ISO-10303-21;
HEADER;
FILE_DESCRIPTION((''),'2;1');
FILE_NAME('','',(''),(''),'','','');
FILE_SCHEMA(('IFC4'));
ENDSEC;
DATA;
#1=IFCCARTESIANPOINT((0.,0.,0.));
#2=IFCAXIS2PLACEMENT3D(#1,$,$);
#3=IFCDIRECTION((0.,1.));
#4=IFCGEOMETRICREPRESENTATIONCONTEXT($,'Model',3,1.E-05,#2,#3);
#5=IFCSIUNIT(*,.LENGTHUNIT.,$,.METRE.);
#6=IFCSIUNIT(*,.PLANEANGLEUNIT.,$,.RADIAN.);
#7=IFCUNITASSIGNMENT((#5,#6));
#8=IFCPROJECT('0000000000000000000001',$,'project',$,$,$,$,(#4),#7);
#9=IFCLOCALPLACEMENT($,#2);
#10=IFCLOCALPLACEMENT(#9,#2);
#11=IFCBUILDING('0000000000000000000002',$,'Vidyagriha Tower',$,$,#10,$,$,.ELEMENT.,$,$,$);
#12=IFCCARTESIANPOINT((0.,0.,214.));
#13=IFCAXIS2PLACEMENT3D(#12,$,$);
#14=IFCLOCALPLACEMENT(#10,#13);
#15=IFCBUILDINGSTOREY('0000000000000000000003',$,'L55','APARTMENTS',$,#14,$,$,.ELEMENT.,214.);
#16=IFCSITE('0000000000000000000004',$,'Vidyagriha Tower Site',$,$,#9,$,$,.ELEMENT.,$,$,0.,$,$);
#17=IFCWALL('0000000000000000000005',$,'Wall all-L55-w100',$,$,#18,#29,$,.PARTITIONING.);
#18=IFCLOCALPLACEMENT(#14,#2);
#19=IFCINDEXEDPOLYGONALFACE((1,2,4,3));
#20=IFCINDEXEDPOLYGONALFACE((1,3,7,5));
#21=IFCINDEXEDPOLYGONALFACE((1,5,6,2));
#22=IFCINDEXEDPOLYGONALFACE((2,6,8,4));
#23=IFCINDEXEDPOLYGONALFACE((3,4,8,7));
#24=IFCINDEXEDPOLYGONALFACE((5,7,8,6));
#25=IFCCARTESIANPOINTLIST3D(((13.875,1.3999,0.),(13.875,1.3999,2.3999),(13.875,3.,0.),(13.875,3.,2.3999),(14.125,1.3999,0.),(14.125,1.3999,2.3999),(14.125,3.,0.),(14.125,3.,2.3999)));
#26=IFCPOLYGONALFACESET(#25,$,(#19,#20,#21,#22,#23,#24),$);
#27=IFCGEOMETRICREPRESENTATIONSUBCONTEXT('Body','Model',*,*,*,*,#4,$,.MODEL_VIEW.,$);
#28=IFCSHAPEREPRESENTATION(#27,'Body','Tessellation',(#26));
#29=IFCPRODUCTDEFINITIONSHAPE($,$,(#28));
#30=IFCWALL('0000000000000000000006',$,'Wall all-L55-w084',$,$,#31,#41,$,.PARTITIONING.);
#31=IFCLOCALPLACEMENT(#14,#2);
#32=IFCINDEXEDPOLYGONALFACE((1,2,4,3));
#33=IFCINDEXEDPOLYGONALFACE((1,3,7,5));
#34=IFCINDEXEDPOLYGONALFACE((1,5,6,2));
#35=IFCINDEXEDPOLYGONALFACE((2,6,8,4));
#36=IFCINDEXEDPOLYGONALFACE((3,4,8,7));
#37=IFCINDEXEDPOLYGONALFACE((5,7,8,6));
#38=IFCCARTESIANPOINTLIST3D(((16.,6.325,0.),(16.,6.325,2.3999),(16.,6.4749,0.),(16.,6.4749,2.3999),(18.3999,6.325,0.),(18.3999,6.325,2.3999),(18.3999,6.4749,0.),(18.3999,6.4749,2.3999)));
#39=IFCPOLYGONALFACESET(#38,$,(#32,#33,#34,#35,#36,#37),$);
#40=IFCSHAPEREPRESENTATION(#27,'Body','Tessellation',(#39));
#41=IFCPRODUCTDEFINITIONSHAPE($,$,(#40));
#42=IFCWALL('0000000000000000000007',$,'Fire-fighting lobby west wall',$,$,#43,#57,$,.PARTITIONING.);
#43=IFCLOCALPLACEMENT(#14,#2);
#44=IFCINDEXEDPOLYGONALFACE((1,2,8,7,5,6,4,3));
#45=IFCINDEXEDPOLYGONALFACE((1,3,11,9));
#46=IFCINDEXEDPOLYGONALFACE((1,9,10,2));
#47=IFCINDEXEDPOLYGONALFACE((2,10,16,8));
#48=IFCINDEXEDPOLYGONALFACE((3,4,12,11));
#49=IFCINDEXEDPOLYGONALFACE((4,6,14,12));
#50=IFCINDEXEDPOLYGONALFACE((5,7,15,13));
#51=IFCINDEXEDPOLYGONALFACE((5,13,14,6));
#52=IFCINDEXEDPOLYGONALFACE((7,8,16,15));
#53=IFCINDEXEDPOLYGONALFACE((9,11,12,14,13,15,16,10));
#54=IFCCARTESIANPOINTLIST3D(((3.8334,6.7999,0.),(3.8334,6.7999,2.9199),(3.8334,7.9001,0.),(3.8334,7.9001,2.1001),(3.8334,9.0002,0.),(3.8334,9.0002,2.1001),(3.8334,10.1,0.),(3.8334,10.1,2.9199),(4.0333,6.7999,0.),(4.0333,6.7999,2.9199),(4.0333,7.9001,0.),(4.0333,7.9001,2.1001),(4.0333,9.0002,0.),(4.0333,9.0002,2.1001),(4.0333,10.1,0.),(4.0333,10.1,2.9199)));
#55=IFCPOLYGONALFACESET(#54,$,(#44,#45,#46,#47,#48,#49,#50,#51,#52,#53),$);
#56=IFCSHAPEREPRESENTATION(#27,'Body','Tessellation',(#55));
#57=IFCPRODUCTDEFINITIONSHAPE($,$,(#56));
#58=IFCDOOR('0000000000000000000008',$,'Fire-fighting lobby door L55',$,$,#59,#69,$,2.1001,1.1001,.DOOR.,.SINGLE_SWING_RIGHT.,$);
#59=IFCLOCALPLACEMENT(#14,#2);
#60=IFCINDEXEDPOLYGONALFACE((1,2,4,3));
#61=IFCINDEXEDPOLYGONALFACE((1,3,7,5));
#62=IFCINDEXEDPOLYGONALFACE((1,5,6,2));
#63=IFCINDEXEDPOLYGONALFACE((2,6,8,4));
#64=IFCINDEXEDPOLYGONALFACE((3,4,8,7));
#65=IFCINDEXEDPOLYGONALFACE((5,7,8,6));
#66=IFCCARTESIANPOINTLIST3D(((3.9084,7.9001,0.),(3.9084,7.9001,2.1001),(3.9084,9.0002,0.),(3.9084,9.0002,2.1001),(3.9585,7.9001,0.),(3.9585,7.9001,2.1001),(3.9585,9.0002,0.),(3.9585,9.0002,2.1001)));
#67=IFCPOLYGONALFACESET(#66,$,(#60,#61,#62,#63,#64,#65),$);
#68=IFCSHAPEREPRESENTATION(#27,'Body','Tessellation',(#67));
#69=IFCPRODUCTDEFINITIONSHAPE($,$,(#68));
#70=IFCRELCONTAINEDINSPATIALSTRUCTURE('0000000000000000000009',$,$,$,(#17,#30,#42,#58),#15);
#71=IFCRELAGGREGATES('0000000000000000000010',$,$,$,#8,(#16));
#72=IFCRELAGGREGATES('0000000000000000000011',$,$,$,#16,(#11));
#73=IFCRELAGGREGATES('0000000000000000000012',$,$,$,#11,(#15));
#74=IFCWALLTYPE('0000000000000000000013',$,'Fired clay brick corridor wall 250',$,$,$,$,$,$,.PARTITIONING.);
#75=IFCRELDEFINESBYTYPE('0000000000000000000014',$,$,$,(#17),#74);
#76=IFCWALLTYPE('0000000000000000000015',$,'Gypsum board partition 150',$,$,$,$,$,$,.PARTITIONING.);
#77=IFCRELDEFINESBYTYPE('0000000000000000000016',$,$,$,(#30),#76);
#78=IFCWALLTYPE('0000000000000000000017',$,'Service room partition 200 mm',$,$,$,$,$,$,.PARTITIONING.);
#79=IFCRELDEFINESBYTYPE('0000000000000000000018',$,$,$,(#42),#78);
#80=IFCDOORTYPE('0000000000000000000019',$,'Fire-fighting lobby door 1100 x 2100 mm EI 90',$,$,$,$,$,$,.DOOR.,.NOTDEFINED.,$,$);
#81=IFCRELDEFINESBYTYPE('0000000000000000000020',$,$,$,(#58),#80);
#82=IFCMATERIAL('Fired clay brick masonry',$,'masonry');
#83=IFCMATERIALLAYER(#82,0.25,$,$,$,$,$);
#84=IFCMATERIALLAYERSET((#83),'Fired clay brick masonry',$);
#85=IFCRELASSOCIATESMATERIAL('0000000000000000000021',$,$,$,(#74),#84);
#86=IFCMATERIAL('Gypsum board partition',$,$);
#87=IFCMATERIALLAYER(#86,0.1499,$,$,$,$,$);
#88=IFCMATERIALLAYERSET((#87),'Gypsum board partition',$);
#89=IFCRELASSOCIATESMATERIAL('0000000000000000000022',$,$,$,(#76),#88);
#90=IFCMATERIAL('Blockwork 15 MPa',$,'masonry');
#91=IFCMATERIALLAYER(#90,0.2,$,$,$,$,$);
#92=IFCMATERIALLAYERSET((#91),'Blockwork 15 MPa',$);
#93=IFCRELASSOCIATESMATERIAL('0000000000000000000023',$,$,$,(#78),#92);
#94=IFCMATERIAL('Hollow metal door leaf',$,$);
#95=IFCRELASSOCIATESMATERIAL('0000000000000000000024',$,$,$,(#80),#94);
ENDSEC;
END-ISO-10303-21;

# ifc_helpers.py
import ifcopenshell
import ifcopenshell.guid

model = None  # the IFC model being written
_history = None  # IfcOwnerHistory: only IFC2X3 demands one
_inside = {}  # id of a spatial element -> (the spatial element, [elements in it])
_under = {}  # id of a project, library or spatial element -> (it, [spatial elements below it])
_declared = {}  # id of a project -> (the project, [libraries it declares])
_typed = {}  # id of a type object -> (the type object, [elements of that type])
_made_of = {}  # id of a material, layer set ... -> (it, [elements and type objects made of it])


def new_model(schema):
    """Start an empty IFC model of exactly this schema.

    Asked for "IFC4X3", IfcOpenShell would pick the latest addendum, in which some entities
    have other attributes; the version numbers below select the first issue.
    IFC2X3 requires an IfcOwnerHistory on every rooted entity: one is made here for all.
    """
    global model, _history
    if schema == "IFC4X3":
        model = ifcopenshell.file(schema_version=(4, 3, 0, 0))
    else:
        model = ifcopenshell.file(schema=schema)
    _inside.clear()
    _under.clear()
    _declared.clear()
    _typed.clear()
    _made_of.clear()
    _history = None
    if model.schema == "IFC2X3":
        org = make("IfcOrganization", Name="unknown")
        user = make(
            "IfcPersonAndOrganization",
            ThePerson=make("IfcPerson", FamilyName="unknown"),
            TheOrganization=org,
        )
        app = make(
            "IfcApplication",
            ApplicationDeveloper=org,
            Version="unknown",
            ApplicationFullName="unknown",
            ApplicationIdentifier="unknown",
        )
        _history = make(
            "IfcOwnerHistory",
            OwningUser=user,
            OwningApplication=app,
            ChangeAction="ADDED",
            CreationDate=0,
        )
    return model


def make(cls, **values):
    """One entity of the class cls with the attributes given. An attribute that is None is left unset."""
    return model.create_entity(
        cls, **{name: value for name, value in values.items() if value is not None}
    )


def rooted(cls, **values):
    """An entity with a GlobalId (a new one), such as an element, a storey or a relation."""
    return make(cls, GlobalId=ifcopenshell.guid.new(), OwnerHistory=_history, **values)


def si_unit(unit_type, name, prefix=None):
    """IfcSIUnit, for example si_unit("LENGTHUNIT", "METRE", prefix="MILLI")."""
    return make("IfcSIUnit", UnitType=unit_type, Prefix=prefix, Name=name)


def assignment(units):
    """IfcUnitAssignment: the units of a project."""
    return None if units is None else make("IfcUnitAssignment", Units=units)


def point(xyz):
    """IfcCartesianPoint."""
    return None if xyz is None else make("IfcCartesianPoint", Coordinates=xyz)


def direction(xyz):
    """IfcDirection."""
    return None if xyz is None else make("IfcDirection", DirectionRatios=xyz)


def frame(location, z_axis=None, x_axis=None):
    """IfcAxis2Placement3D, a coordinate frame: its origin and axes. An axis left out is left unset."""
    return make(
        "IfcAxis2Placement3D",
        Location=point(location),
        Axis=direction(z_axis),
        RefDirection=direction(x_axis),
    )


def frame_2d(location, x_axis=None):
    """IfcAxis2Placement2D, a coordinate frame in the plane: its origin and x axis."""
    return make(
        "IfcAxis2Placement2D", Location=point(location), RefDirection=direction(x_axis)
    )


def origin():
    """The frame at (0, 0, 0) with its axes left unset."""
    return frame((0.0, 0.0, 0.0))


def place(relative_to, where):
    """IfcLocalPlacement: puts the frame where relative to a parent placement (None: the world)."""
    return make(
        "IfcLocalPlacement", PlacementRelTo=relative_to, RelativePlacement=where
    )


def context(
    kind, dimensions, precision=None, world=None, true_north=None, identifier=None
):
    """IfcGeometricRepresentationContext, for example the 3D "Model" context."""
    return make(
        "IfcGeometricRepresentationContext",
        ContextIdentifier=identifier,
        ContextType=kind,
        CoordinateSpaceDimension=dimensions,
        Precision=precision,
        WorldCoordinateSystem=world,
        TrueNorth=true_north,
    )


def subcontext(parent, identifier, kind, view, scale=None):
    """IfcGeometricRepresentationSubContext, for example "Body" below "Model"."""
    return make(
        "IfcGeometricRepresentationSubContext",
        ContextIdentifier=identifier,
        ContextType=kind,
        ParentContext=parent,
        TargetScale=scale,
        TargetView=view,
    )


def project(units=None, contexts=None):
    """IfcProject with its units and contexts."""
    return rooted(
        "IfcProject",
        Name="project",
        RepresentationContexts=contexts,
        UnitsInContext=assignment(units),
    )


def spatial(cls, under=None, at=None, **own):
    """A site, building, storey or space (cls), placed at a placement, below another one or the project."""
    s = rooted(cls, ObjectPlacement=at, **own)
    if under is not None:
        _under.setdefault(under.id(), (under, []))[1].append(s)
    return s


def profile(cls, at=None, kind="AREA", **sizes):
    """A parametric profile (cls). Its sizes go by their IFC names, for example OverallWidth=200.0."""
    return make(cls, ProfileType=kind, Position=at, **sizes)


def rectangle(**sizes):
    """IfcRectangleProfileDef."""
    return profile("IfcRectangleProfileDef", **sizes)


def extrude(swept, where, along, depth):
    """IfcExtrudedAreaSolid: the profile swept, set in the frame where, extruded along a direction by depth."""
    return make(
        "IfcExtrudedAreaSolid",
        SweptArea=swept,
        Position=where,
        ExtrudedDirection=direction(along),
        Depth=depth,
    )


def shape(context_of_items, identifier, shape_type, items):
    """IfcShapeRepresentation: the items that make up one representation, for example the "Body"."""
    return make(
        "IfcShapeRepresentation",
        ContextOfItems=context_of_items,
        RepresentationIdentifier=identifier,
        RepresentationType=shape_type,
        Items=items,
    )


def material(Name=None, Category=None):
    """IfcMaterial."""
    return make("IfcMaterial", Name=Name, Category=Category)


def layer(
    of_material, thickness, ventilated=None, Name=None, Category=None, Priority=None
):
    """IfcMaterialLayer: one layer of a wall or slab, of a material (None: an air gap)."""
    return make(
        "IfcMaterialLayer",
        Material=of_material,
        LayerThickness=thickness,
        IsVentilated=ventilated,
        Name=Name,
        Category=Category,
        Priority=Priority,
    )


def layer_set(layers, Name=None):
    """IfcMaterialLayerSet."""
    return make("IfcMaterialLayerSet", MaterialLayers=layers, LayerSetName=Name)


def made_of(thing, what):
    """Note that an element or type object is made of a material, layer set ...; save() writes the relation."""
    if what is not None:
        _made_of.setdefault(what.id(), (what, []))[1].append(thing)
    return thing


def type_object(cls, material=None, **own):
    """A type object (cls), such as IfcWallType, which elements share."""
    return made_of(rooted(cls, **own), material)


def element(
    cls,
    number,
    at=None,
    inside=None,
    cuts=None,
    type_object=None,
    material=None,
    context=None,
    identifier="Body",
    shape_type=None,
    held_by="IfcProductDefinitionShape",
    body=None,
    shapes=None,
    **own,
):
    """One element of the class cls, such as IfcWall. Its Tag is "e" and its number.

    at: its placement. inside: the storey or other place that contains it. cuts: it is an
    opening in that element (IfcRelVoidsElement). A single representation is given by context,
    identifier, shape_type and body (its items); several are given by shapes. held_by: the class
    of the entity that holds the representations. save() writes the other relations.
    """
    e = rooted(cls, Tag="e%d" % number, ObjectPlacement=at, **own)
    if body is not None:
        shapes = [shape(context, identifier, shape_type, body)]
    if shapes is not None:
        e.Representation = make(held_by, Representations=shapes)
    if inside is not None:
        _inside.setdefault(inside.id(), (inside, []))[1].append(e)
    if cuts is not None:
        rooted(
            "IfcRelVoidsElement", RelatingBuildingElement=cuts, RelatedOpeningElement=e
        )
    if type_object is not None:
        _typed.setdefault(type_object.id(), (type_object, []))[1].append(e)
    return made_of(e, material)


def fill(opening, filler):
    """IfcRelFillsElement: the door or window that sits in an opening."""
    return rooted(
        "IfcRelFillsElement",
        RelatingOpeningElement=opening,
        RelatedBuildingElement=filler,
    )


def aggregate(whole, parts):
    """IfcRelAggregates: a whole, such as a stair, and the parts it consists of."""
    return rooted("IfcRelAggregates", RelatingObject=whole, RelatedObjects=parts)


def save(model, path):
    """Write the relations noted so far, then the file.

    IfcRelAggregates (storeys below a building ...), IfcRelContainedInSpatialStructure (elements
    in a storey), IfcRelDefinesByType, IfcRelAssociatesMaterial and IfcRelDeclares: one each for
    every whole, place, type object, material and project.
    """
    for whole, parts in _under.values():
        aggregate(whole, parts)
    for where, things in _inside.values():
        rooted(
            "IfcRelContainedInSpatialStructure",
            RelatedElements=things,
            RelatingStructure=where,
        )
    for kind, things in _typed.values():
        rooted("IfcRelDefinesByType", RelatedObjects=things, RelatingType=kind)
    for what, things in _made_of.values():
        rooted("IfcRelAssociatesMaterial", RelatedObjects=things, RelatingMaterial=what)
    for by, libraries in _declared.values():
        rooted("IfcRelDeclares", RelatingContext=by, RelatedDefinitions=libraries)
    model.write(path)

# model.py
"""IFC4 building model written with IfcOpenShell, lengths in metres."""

from ifc_helpers import new_model, si_unit, direction, frame, frame_2d, origin, place, context, subcontext, project, spatial, rectangle, extrude, material, layer, layer_set, type_object, element, fill, save


model = new_model("IFC4")

# Units and contexts
model_context = context("Model", 3, precision=1e-05, world=origin(), true_north=direction((0.0, 1.0)))
body_context = subcontext(model_context, "Body", "Model", "MODEL_VIEW")
ifc_project = project(units=[si_unit("LENGTHUNIT", "METRE"), si_unit("PLANEANGLEUNIT", "RADIAN")], contexts=[model_context])

# Site, building, storey
site_placement = place(None, origin())
site = spatial("IfcSite", under=ifc_project, at=site_placement, Name="Vidyagriha Tower Site", CompositionType="ELEMENT", RefElevation=0.0)
building_placement = place(site_placement, origin())
building = spatial("IfcBuilding", under=site, at=building_placement, Name="Vidyagriha Tower", CompositionType="ELEMENT")
storey_placement = place(building_placement, frame((0.0, 0.0, 214.0)))
storey = spatial("IfcBuildingStorey", under=building, at=storey_placement, Name="L55", Description="APARTMENTS", CompositionType="ELEMENT", Elevation=214.0)

# Shared definitions
ifc_material_1 = material(Name="Fired clay brick masonry", Category="masonry")
ifc_layer_1 = layer(ifc_material_1, 0.25)
ifc_layer_set_1 = layer_set([ifc_layer_1], Name="Fired clay brick masonry")
wall_type_1 = type_object("IfcWallType", Name="Fired clay brick corridor wall 250", PredefinedType="PARTITIONING", material=ifc_layer_set_1)

# Walls
wall_1_placement = place(storey_placement, frame((14.0, 1.3999, 0.0), z_axis=(0.0, 0.0, 1.0), x_axis=(0.0, 1.0, 0.0)))
element("IfcWall", 1, at=wall_1_placement, inside=storey, type_object=wall_type_1, Name="Wall all-L55-w100", PredefinedType="PARTITIONING", context=body_context, shape_type="SweptSolid", body=[
    extrude(rectangle(XDim=1.6001, YDim=0.25, at=frame_2d((0.8, 0.0))), origin(), (0.0, 0.0, 1.0), 2.3999),
])
ifc_material_2 = material(Name="Gypsum board partition")
ifc_layer_2 = layer(ifc_material_2, 0.1499)
ifc_layer_set_2 = layer_set([ifc_layer_2], Name="Gypsum board partition")
wall_type_2 = type_object("IfcWallType", Name="Gypsum board partition 150", PredefinedType="PARTITIONING", material=ifc_layer_set_2)
wall_2_placement = place(storey_placement, frame((16.0, 6.3999, 0.0)))
element("IfcWall", 2, at=wall_2_placement, inside=storey, type_object=wall_type_2, Name="Wall all-L55-w084", PredefinedType="PARTITIONING", context=body_context, shape_type="SweptSolid", body=[
    extrude(rectangle(XDim=2.3999, YDim=0.1499, at=frame_2d((1.2, 0.0))), origin(), (0.0, 0.0, 1.0), 2.3999),
])

# Wall, opening, door
ifc_material_3 = material(Name="Blockwork 15 MPa", Category="masonry")
ifc_layer_3 = layer(ifc_material_3, 0.2)
ifc_layer_set_3 = layer_set([ifc_layer_3], Name="Blockwork 15 MPa")
wall_type_3 = type_object("IfcWallType", Name="Service room partition 200 mm", PredefinedType="PARTITIONING", material=ifc_layer_set_3)
wall_3_placement = place(storey_placement, frame((3.9333, 6.8, 0.0), z_axis=(0.0, 0.0, 1.0), x_axis=(0.0, 1.0, 0.0)))
wall_3 = element("IfcWall", 3, at=wall_3_placement, inside=storey, type_object=wall_type_3, Name="Fire-fighting lobby west wall", PredefinedType="PARTITIONING", context=body_context, shape_type="SweptSolid", body=[
    extrude(rectangle(XDim=3.3, YDim=0.2, at=frame_2d((1.6499, 0.0))), origin(), (0.0, 0.0, 1.0), 2.9199),
])
opening_1_placement = place(wall_3_placement, frame((1.1001, 0.0, 0.0)))
opening_1 = element("IfcOpeningElement", 4, at=opening_1_placement, cuts=wall_3, PredefinedType="OPENING", context=body_context, shape_type="SweptSolid", body=[
    extrude(rectangle(XDim=1.1001, YDim=2.1001, at=frame_2d((0.55, 1.05))), frame((0.0, 0.1099, 0.0), z_axis=(0.0, -1.0, 0.0), x_axis=(1.0, 0.0, 0.0)), (0.0, 0.0, 1.0), 0.22),
])
ifc_material_4 = material(Name="Hollow metal door leaf")
door_type_1 = type_object("IfcDoorType", Name="Fire-fighting lobby door 1100 x 2100 mm EI 90", OperationType="NOTDEFINED", PredefinedType="DOOR", material=ifc_material_4)
door_1_placement = place(opening_1_placement, origin())
door_1 = element("IfcDoor", 5, at=door_1_placement, inside=storey, type_object=door_type_1, Name="Fire-fighting lobby door L55", OperationType="SINGLE_SWING_RIGHT", OverallHeight=2.1001, OverallWidth=1.1001, PredefinedType="DOOR", context=body_context, shape_type="SweptSolid", body=[
    extrude(rectangle(XDim=1.1001, YDim=2.1001, at=frame_2d((0.55, 1.05))), frame((0.0, 0.0249, 0.0), z_axis=(0.0, -1.0, 0.0), x_axis=(1.0, 0.0, 0.0)), (0.0, 0.0, 1.0), 0.05),
])
fill(opening_1, door_1)

save(model, "model.ifc")
